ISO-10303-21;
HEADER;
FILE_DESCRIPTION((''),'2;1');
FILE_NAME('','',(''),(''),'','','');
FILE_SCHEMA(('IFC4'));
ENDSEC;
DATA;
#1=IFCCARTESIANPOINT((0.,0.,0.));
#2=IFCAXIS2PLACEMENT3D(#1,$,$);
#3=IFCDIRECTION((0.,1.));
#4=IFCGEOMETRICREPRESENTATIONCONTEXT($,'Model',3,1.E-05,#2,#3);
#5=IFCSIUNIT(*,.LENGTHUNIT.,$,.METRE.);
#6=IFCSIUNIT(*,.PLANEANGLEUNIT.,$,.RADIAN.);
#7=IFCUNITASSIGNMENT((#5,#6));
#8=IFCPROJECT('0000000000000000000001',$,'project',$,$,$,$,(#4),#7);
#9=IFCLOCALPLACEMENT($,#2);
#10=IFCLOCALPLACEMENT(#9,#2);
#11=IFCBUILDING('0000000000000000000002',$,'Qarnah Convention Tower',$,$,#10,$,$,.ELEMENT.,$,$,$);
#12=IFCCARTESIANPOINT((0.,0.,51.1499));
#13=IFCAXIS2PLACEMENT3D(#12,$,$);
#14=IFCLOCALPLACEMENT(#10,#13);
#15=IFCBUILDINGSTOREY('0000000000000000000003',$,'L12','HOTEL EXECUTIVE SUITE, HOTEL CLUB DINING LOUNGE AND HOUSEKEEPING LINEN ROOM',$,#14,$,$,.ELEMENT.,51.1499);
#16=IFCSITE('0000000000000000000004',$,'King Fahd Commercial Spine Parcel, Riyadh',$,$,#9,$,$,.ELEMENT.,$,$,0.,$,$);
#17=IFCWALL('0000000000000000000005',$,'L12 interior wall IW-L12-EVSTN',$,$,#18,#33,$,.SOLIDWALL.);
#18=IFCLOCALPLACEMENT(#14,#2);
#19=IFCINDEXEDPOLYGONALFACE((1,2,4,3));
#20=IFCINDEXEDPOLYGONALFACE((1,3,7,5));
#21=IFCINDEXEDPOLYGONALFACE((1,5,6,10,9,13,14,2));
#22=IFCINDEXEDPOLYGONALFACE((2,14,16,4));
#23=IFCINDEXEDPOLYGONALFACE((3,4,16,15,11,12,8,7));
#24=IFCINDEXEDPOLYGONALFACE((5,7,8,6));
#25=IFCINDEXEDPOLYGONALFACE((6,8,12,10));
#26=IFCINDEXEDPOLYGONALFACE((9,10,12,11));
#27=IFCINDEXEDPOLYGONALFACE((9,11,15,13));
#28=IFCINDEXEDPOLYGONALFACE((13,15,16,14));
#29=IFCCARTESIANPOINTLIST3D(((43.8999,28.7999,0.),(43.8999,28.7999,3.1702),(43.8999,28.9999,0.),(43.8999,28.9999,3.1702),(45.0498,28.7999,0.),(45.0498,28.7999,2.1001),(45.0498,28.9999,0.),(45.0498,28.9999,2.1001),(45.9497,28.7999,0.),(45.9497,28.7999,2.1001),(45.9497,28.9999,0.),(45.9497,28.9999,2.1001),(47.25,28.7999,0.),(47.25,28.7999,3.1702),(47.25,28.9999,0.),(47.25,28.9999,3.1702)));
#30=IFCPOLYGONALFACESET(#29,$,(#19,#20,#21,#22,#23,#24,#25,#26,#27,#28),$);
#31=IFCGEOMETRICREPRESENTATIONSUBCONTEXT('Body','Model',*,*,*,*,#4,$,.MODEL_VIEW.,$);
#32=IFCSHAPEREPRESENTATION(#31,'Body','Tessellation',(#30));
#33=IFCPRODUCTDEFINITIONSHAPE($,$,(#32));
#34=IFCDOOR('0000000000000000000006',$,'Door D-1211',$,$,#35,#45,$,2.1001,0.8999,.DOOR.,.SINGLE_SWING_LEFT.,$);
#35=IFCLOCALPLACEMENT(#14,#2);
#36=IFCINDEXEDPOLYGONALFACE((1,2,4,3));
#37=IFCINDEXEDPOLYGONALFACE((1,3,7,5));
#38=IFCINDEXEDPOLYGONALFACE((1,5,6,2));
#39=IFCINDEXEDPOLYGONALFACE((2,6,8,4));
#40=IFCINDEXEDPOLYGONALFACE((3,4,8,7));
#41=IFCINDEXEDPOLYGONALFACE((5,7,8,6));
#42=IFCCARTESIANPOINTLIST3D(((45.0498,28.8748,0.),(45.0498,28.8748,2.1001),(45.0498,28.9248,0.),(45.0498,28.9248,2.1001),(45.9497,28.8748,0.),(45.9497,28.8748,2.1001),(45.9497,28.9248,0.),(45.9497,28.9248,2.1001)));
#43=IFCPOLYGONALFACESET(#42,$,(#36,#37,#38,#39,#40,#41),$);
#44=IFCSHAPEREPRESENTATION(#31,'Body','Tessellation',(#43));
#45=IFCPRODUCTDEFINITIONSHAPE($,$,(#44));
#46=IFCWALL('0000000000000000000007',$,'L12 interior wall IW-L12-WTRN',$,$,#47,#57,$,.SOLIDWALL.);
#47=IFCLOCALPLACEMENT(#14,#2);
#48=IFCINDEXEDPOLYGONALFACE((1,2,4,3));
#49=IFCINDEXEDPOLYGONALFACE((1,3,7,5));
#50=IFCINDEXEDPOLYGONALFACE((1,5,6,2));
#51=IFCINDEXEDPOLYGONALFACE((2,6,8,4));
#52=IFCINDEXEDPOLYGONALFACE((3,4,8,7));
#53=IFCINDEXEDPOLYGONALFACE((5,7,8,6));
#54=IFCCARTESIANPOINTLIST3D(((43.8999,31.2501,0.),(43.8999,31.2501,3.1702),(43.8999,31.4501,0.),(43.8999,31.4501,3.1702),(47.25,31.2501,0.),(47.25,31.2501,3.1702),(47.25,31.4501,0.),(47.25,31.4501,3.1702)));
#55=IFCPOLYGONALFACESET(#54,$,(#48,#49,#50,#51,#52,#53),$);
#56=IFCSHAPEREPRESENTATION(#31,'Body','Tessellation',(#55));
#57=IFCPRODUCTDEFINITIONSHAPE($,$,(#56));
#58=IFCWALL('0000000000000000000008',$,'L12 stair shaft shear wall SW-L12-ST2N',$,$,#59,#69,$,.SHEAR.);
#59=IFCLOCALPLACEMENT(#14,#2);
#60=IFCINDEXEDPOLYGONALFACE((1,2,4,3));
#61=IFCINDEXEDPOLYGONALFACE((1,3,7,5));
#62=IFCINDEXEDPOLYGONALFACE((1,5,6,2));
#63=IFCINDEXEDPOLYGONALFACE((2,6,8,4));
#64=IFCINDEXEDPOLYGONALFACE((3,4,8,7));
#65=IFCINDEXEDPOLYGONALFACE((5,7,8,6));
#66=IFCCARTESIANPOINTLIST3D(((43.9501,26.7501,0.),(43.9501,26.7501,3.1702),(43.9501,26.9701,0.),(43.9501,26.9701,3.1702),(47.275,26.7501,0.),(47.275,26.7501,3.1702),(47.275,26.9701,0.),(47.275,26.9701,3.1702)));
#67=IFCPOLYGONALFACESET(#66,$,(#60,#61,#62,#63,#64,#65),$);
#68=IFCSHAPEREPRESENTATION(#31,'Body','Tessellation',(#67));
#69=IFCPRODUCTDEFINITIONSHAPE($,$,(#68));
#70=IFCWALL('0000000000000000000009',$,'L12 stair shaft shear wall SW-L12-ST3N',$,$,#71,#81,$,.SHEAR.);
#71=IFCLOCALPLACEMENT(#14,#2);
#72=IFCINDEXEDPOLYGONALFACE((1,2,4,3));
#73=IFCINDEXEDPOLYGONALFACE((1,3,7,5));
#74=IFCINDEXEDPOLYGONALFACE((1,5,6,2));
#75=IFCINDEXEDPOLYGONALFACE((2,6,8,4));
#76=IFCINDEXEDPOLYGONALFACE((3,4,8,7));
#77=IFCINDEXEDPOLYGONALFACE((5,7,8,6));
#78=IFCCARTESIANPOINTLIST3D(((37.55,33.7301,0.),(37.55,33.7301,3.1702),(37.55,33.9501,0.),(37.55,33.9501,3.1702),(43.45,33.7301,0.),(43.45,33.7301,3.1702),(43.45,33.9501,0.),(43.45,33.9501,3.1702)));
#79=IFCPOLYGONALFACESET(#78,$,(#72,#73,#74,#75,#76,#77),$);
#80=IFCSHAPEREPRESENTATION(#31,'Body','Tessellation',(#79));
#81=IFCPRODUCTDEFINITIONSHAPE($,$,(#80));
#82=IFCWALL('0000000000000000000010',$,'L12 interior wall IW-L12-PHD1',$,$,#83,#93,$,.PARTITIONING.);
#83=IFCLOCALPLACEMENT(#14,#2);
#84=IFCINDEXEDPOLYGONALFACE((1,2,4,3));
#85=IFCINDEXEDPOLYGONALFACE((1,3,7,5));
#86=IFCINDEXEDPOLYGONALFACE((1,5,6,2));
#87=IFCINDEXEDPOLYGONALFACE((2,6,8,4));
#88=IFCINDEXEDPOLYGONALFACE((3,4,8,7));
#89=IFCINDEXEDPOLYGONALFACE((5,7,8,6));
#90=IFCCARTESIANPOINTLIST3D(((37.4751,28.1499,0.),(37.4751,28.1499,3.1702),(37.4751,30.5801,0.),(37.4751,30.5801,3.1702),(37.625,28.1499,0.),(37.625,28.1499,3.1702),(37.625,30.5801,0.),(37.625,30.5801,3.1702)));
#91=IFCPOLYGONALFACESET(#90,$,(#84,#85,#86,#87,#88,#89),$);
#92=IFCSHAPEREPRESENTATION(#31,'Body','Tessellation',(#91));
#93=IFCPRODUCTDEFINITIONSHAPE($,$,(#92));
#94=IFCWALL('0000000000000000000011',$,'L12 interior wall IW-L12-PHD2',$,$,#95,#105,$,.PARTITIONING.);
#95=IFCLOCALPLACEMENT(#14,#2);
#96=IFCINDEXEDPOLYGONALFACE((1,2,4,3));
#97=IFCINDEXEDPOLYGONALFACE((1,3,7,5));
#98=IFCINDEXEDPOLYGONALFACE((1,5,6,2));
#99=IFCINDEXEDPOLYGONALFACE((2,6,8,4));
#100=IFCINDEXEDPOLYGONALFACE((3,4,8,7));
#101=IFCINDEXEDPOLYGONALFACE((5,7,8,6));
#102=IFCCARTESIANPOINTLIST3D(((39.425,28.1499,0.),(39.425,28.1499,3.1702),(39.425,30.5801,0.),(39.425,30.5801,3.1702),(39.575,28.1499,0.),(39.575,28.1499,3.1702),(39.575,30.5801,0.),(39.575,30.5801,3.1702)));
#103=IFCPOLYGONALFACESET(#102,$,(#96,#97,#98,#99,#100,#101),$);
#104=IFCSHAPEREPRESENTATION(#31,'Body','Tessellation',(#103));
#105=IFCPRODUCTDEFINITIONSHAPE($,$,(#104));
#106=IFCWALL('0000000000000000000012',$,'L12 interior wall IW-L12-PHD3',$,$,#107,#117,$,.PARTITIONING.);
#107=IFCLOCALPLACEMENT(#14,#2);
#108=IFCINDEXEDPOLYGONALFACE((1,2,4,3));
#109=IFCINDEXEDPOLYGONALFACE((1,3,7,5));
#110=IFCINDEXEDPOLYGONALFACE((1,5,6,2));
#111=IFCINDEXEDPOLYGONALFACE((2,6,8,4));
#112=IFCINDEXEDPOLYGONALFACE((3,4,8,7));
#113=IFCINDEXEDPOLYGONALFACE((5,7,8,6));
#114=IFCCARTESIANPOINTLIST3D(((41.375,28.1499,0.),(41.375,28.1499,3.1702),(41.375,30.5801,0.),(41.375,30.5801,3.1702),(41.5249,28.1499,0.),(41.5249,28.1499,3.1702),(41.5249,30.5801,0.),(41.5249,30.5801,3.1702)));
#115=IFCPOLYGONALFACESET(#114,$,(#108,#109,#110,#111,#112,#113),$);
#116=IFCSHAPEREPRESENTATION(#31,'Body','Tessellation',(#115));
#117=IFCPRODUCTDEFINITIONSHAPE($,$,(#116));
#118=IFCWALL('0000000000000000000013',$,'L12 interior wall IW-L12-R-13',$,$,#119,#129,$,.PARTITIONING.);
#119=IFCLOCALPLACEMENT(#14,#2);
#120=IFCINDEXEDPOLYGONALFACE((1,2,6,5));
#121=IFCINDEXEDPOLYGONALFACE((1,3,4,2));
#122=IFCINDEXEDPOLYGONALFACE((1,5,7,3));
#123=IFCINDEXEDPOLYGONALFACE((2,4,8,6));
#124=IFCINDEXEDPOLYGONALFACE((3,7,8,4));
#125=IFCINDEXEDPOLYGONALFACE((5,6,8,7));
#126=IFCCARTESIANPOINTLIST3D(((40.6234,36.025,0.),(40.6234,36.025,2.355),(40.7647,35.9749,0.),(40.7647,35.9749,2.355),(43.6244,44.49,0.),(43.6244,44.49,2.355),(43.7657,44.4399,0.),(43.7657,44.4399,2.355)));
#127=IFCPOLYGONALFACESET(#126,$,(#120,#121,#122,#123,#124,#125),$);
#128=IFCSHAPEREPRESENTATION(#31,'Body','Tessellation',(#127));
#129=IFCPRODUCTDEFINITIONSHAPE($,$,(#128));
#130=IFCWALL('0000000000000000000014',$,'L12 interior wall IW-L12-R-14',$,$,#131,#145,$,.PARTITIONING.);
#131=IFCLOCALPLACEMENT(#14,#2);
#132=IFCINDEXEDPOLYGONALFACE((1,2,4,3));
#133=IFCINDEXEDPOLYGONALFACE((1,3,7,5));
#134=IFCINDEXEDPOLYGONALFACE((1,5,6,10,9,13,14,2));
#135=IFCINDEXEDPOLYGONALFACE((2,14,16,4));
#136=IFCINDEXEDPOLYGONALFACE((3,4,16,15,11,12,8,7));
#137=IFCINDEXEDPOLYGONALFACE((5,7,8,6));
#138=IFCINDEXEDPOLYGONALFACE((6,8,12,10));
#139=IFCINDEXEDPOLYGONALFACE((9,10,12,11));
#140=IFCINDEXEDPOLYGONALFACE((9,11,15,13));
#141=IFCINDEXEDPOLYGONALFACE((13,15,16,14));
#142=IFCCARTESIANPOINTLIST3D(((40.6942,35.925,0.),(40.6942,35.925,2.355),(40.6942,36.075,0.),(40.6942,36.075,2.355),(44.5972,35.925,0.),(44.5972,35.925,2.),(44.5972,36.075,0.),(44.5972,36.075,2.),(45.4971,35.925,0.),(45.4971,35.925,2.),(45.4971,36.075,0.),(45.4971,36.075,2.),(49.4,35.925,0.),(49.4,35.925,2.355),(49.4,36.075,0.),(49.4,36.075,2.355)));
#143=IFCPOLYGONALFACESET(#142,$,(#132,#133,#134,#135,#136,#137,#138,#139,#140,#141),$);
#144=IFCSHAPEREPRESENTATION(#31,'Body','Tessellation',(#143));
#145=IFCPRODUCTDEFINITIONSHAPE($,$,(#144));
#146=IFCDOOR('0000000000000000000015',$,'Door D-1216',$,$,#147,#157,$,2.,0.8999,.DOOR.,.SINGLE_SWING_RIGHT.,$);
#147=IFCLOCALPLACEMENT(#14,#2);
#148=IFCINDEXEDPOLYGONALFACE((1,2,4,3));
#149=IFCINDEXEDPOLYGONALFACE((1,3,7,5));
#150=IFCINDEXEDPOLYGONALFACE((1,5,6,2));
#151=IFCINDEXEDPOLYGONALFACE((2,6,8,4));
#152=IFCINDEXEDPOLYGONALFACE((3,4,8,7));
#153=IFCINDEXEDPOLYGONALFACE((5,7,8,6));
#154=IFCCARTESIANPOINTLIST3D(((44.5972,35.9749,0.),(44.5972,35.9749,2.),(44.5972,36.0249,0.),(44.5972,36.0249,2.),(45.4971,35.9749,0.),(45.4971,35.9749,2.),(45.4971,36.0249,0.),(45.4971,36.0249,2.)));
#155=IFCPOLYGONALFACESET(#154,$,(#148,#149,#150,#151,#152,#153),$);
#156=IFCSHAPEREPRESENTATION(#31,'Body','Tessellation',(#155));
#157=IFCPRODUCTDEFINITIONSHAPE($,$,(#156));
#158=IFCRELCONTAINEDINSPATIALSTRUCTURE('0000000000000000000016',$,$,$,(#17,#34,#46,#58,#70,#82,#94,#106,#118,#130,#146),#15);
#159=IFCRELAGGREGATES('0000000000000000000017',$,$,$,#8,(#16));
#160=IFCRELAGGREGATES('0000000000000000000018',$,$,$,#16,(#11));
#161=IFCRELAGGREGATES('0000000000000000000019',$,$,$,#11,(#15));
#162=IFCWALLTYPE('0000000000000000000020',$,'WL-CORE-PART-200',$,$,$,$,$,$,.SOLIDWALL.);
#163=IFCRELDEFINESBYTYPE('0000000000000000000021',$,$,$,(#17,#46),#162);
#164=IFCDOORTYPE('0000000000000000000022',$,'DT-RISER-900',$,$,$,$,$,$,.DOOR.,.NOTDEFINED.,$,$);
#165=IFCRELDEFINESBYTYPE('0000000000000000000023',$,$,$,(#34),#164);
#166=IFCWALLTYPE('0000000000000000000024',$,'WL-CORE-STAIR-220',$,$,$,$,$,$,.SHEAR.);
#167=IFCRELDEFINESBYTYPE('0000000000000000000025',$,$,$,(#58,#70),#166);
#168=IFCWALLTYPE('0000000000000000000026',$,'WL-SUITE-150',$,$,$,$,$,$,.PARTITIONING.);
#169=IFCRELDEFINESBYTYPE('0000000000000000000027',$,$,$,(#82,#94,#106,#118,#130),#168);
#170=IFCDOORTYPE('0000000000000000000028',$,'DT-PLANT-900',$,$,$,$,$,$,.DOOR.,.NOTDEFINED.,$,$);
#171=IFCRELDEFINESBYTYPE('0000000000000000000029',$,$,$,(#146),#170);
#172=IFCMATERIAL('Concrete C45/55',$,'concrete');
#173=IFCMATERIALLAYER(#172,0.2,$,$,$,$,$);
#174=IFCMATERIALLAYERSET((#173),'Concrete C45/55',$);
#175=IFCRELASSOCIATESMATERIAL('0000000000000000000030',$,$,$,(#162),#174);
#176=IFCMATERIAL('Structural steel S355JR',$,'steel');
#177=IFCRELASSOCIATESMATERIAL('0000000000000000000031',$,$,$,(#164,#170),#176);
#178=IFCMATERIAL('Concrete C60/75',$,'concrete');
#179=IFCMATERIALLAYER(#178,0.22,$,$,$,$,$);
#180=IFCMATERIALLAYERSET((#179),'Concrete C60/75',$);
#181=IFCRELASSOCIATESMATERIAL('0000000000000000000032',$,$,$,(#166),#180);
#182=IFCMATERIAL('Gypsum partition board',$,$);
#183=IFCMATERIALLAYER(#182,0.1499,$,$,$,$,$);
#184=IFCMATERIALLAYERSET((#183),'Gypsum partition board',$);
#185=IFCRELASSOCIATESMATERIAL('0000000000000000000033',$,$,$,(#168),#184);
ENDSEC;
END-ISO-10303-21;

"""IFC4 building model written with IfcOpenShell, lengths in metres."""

from ifc_helpers import new_model, si_unit, direction, frame, frame_2d, origin, place, context, subcontext, project, spatial, rectangle, extrude, material, layer, layer_set, type_object, element, fill, save


model = new_model("IFC4")

# Units and contexts
model_context = context("Model", 3, precision=1e-05, world=origin(), true_north=direction((0.0, 1.0)))
body_context = subcontext(model_context, "Body", "Model", "MODEL_VIEW")
ifc_project = project(units=[si_unit("LENGTHUNIT", "METRE"), si_unit("PLANEANGLEUNIT", "RADIAN")], contexts=[model_context])

# Site, building, storey
site_placement = place(None, origin())
site = spatial("IfcSite", under=ifc_project, at=site_placement, Name="King Fahd Commercial Spine Parcel, Riyadh", CompositionType="ELEMENT", RefElevation=0.0)
building_placement = place(site_placement, origin())
building = spatial("IfcBuilding", under=site, at=building_placement, Name="Qarnah Convention Tower", CompositionType="ELEMENT")
storey_placement = place(building_placement, frame((0.0, 0.0, 51.1499)))
storey = spatial("IfcBuildingStorey", under=building, at=storey_placement, Name="L12", Description="HOTEL EXECUTIVE SUITE, HOTEL CLUB DINING LOUNGE AND HOUSEKEEPING LINEN ROOM", CompositionType="ELEMENT", Elevation=51.1499)

# Shared definitions
ifc_material_1 = material(Name="Concrete C60/75", Category="concrete")

# Shared definitions
ifc_material_2 = material(Name="Structural steel S355JR", Category="steel")

# Wall, opening, door
ifc_material_3 = material(Name="Concrete C45/55", Category="concrete")
ifc_layer_1 = layer(ifc_material_3, 0.2)
ifc_layer_set_1 = layer_set([ifc_layer_1], Name="Concrete C45/55")
wall_type_1 = type_object("IfcWallType", Name="WL-CORE-PART-200", PredefinedType="SOLIDWALL", material=ifc_layer_set_1)
wall_1_placement = place(storey_placement, frame((43.8999, 28.8999, 0.0), z_axis=(0.0, 0.0, 1.0), x_axis=(1.0, 0.0, 0.0)))
wall_1 = element("IfcWall", 1, at=wall_1_placement, inside=storey, type_object=wall_type_1, Name="L12 interior wall IW-L12-EVSTN", PredefinedType="SOLIDWALL", context=body_context, shape_type="SweptSolid", body=[
    extrude(rectangle(XDim=3.3501, YDim=0.2, at=frame_2d((1.675, 0.0))), origin(), (0.0, 0.0, 1.0), 3.1702),
])
opening_1_placement = place(wall_1_placement, frame((1.1499, 0.0, 0.0)))
opening_1 = element("IfcOpeningElement", 2, at=opening_1_placement, cuts=wall_1, PredefinedType="OPENING", context=body_context, shape_type="SweptSolid", body=[
    extrude(rectangle(XDim=0.8999, YDim=2.1001, at=frame_2d((0.45, 1.05))), frame((0.0, 0.1099, 0.0), z_axis=(0.0, -1.0, 0.0), x_axis=(1.0, 0.0, 0.0)), (0.0, 0.0, 1.0), 0.22),
])
door_type_1 = type_object("IfcDoorType", Name="DT-RISER-900", OperationType="NOTDEFINED", PredefinedType="DOOR", material=ifc_material_2)
door_1_placement = place(opening_1_placement, origin())
door_1 = element("IfcDoor", 3, at=door_1_placement, inside=storey, type_object=door_type_1, Name="Door D-1211", OperationType="SINGLE_SWING_LEFT", OverallHeight=2.1001, OverallWidth=0.8999, PredefinedType="DOOR", context=body_context, shape_type="SweptSolid", body=[
    extrude(rectangle(XDim=0.8999, YDim=2.1001, at=frame_2d((0.45, 1.05))), frame((0.0, 0.0249, 0.0), z_axis=(0.0, -1.0, 0.0), x_axis=(1.0, 0.0, 0.0)), (0.0, 0.0, 1.0), 0.05),
])
fill(opening_1, door_1)

# Walls
wall_2_placement = place(storey_placement, frame((43.8999, 31.3501, 0.0), z_axis=(0.0, 0.0, 1.0), x_axis=(1.0, 0.0, 0.0)))
element("IfcWall", 4, at=wall_2_placement, inside=storey, type_object=wall_type_1, Name="L12 interior wall IW-L12-WTRN", PredefinedType="SOLIDWALL", context=body_context, shape_type="SweptSolid", body=[
    extrude(rectangle(XDim=3.3501, YDim=0.2, at=frame_2d((1.675, 0.0))), origin(), (0.0, 0.0, 1.0), 3.1702),
])
ifc_layer_2 = layer(ifc_material_1, 0.22)
ifc_layer_set_2 = layer_set([ifc_layer_2], Name="Concrete C60/75")
wall_type_2 = type_object("IfcWallType", Name="WL-CORE-STAIR-220", PredefinedType="SHEAR", material=ifc_layer_set_2)
wall_3_placement = place(storey_placement, frame((43.95, 26.8601, 0.0), z_axis=(0.0, 0.0, 1.0), x_axis=(1.0, 0.0, 0.0)))
element("IfcWall", 5, at=wall_3_placement, inside=storey, type_object=wall_type_2, Name="L12 stair shaft shear wall SW-L12-ST2N", PredefinedType="SHEAR", context=body_context, shape_type="SweptSolid", body=[
    extrude(rectangle(XDim=3.325, YDim=0.22, at=frame_2d((1.6626, 0.0))), origin(), (0.0, 0.0, 1.0), 3.1702),
])
wall_4_placement = place(storey_placement, frame((37.55, 33.8401, 0.0), z_axis=(0.0, 0.0, 1.0), x_axis=(1.0, 0.0, 0.0)))
element("IfcWall", 6, at=wall_4_placement, inside=storey, type_object=wall_type_2, Name="L12 stair shaft shear wall SW-L12-ST3N", PredefinedType="SHEAR", context=body_context, shape_type="SweptSolid", body=[
    extrude(rectangle(XDim=5.8999, YDim=0.22, at=frame_2d((2.95, 0.0))), origin(), (0.0, 0.0, 1.0), 3.1702),
])
ifc_material_4 = material(Name="Gypsum partition board")
ifc_layer_3 = layer(ifc_material_4, 0.1499)
ifc_layer_set_3 = layer_set([ifc_layer_3], Name="Gypsum partition board")
wall_type_3 = type_object("IfcWallType", Name="WL-SUITE-150", PredefinedType="PARTITIONING", material=ifc_layer_set_3)
for number, where, z_axis, x_axis, name in (
    (7, (37.55, 28.1499, 0.0), (0.0, 0.0, 1.0), (0.0, 1.0, 0.0), "L12 interior wall IW-L12-PHD1"),
    (8, (39.5, 28.1499, 0.0), (0.0, 0.0, 1.0), (0.0, 1.0, 0.0), "L12 interior wall IW-L12-PHD2"),
    (9, (41.45, 28.1499, 0.0), (0.0, 0.0, 1.0), (0.0, 1.0, 0.0), "L12 interior wall IW-L12-PHD3"),
):
    element("IfcWall", number, at=place(storey_placement, frame(where, z_axis=z_axis, x_axis=x_axis)), inside=storey, type_object=wall_type_3, Name=name, PredefinedType="PARTITIONING", context=body_context, shape_type="SweptSolid", body=[
        extrude(rectangle(XDim=2.4302, YDim=0.1499, at=frame_2d((1.2151, 0.0))), origin(), (0.0, 0.0, 1.0), 3.1702),
    ])
wall_5_placement = place(storey_placement, frame((43.6951, 44.4651, 0.0), z_axis=(0.0, 0.0, 1.0), x_axis=(-0.334136, -0.942525, 0.0)))
element("IfcWall", 10, at=wall_5_placement, inside=storey, type_object=wall_type_3, Name="L12 interior wall IW-L12-R-13", PredefinedType="PARTITIONING", context=body_context, shape_type="SweptSolid", body=[
    extrude(rectangle(XDim=8.9812, YDim=0.1499, at=frame_2d((4.4907, 0.0))), origin(), (0.0, 0.0, 1.0), 2.355),
])

# Wall, opening, door
wall_6_placement = place(storey_placement, frame((40.6941, 36.0, 0.0), z_axis=(0.0, 0.0, 1.0), x_axis=(1.0, 0.0, 0.0)))
wall_6 = element("IfcWall", 11, at=wall_6_placement, inside=storey, type_object=wall_type_3, Name="L12 interior wall IW-L12-R-14", PredefinedType="PARTITIONING", context=body_context, shape_type="SweptSolid", body=[
    extrude(rectangle(XDim=8.7058, YDim=0.1499, at=frame_2d((4.353, 0.0))), origin(), (0.0, 0.0, 1.0), 2.355),
])
opening_2_placement = place(wall_6_placement, frame((3.9031, 0.0, 0.0)))
opening_2 = element("IfcOpeningElement", 12, at=opening_2_placement, cuts=wall_6, PredefinedType="OPENING", context=body_context, shape_type="SweptSolid", body=[
    extrude(rectangle(XDim=0.8999, YDim=2.0, at=frame_2d((0.45, 1.0))), frame((0.0, 0.085, 0.0), z_axis=(0.0, -1.0, 0.0), x_axis=(1.0, 0.0, 0.0)), (0.0, 0.0, 1.0), 0.1699),
])
door_type_2 = type_object("IfcDoorType", Name="DT-PLANT-900", OperationType="NOTDEFINED", PredefinedType="DOOR", material=ifc_material_2)
door_2_placement = place(opening_2_placement, origin())
door_2 = element("IfcDoor", 13, at=door_2_placement, inside=storey, type_object=door_type_2, Name="Door D-1216", OperationType="SINGLE_SWING_RIGHT", OverallHeight=2.0, OverallWidth=0.8999, PredefinedType="DOOR", context=body_context, shape_type="SweptSolid", body=[
    extrude(rectangle(XDim=0.8999, YDim=2.0, at=frame_2d((0.45, 1.0))), frame((0.0, 0.0249, 0.0), z_axis=(0.0, -1.0, 0.0), x_axis=(1.0, 0.0, 0.0)), (0.0, 0.0, 1.0), 0.05),
])
fill(opening_2, door_2)

save(model, "model.ifc")
